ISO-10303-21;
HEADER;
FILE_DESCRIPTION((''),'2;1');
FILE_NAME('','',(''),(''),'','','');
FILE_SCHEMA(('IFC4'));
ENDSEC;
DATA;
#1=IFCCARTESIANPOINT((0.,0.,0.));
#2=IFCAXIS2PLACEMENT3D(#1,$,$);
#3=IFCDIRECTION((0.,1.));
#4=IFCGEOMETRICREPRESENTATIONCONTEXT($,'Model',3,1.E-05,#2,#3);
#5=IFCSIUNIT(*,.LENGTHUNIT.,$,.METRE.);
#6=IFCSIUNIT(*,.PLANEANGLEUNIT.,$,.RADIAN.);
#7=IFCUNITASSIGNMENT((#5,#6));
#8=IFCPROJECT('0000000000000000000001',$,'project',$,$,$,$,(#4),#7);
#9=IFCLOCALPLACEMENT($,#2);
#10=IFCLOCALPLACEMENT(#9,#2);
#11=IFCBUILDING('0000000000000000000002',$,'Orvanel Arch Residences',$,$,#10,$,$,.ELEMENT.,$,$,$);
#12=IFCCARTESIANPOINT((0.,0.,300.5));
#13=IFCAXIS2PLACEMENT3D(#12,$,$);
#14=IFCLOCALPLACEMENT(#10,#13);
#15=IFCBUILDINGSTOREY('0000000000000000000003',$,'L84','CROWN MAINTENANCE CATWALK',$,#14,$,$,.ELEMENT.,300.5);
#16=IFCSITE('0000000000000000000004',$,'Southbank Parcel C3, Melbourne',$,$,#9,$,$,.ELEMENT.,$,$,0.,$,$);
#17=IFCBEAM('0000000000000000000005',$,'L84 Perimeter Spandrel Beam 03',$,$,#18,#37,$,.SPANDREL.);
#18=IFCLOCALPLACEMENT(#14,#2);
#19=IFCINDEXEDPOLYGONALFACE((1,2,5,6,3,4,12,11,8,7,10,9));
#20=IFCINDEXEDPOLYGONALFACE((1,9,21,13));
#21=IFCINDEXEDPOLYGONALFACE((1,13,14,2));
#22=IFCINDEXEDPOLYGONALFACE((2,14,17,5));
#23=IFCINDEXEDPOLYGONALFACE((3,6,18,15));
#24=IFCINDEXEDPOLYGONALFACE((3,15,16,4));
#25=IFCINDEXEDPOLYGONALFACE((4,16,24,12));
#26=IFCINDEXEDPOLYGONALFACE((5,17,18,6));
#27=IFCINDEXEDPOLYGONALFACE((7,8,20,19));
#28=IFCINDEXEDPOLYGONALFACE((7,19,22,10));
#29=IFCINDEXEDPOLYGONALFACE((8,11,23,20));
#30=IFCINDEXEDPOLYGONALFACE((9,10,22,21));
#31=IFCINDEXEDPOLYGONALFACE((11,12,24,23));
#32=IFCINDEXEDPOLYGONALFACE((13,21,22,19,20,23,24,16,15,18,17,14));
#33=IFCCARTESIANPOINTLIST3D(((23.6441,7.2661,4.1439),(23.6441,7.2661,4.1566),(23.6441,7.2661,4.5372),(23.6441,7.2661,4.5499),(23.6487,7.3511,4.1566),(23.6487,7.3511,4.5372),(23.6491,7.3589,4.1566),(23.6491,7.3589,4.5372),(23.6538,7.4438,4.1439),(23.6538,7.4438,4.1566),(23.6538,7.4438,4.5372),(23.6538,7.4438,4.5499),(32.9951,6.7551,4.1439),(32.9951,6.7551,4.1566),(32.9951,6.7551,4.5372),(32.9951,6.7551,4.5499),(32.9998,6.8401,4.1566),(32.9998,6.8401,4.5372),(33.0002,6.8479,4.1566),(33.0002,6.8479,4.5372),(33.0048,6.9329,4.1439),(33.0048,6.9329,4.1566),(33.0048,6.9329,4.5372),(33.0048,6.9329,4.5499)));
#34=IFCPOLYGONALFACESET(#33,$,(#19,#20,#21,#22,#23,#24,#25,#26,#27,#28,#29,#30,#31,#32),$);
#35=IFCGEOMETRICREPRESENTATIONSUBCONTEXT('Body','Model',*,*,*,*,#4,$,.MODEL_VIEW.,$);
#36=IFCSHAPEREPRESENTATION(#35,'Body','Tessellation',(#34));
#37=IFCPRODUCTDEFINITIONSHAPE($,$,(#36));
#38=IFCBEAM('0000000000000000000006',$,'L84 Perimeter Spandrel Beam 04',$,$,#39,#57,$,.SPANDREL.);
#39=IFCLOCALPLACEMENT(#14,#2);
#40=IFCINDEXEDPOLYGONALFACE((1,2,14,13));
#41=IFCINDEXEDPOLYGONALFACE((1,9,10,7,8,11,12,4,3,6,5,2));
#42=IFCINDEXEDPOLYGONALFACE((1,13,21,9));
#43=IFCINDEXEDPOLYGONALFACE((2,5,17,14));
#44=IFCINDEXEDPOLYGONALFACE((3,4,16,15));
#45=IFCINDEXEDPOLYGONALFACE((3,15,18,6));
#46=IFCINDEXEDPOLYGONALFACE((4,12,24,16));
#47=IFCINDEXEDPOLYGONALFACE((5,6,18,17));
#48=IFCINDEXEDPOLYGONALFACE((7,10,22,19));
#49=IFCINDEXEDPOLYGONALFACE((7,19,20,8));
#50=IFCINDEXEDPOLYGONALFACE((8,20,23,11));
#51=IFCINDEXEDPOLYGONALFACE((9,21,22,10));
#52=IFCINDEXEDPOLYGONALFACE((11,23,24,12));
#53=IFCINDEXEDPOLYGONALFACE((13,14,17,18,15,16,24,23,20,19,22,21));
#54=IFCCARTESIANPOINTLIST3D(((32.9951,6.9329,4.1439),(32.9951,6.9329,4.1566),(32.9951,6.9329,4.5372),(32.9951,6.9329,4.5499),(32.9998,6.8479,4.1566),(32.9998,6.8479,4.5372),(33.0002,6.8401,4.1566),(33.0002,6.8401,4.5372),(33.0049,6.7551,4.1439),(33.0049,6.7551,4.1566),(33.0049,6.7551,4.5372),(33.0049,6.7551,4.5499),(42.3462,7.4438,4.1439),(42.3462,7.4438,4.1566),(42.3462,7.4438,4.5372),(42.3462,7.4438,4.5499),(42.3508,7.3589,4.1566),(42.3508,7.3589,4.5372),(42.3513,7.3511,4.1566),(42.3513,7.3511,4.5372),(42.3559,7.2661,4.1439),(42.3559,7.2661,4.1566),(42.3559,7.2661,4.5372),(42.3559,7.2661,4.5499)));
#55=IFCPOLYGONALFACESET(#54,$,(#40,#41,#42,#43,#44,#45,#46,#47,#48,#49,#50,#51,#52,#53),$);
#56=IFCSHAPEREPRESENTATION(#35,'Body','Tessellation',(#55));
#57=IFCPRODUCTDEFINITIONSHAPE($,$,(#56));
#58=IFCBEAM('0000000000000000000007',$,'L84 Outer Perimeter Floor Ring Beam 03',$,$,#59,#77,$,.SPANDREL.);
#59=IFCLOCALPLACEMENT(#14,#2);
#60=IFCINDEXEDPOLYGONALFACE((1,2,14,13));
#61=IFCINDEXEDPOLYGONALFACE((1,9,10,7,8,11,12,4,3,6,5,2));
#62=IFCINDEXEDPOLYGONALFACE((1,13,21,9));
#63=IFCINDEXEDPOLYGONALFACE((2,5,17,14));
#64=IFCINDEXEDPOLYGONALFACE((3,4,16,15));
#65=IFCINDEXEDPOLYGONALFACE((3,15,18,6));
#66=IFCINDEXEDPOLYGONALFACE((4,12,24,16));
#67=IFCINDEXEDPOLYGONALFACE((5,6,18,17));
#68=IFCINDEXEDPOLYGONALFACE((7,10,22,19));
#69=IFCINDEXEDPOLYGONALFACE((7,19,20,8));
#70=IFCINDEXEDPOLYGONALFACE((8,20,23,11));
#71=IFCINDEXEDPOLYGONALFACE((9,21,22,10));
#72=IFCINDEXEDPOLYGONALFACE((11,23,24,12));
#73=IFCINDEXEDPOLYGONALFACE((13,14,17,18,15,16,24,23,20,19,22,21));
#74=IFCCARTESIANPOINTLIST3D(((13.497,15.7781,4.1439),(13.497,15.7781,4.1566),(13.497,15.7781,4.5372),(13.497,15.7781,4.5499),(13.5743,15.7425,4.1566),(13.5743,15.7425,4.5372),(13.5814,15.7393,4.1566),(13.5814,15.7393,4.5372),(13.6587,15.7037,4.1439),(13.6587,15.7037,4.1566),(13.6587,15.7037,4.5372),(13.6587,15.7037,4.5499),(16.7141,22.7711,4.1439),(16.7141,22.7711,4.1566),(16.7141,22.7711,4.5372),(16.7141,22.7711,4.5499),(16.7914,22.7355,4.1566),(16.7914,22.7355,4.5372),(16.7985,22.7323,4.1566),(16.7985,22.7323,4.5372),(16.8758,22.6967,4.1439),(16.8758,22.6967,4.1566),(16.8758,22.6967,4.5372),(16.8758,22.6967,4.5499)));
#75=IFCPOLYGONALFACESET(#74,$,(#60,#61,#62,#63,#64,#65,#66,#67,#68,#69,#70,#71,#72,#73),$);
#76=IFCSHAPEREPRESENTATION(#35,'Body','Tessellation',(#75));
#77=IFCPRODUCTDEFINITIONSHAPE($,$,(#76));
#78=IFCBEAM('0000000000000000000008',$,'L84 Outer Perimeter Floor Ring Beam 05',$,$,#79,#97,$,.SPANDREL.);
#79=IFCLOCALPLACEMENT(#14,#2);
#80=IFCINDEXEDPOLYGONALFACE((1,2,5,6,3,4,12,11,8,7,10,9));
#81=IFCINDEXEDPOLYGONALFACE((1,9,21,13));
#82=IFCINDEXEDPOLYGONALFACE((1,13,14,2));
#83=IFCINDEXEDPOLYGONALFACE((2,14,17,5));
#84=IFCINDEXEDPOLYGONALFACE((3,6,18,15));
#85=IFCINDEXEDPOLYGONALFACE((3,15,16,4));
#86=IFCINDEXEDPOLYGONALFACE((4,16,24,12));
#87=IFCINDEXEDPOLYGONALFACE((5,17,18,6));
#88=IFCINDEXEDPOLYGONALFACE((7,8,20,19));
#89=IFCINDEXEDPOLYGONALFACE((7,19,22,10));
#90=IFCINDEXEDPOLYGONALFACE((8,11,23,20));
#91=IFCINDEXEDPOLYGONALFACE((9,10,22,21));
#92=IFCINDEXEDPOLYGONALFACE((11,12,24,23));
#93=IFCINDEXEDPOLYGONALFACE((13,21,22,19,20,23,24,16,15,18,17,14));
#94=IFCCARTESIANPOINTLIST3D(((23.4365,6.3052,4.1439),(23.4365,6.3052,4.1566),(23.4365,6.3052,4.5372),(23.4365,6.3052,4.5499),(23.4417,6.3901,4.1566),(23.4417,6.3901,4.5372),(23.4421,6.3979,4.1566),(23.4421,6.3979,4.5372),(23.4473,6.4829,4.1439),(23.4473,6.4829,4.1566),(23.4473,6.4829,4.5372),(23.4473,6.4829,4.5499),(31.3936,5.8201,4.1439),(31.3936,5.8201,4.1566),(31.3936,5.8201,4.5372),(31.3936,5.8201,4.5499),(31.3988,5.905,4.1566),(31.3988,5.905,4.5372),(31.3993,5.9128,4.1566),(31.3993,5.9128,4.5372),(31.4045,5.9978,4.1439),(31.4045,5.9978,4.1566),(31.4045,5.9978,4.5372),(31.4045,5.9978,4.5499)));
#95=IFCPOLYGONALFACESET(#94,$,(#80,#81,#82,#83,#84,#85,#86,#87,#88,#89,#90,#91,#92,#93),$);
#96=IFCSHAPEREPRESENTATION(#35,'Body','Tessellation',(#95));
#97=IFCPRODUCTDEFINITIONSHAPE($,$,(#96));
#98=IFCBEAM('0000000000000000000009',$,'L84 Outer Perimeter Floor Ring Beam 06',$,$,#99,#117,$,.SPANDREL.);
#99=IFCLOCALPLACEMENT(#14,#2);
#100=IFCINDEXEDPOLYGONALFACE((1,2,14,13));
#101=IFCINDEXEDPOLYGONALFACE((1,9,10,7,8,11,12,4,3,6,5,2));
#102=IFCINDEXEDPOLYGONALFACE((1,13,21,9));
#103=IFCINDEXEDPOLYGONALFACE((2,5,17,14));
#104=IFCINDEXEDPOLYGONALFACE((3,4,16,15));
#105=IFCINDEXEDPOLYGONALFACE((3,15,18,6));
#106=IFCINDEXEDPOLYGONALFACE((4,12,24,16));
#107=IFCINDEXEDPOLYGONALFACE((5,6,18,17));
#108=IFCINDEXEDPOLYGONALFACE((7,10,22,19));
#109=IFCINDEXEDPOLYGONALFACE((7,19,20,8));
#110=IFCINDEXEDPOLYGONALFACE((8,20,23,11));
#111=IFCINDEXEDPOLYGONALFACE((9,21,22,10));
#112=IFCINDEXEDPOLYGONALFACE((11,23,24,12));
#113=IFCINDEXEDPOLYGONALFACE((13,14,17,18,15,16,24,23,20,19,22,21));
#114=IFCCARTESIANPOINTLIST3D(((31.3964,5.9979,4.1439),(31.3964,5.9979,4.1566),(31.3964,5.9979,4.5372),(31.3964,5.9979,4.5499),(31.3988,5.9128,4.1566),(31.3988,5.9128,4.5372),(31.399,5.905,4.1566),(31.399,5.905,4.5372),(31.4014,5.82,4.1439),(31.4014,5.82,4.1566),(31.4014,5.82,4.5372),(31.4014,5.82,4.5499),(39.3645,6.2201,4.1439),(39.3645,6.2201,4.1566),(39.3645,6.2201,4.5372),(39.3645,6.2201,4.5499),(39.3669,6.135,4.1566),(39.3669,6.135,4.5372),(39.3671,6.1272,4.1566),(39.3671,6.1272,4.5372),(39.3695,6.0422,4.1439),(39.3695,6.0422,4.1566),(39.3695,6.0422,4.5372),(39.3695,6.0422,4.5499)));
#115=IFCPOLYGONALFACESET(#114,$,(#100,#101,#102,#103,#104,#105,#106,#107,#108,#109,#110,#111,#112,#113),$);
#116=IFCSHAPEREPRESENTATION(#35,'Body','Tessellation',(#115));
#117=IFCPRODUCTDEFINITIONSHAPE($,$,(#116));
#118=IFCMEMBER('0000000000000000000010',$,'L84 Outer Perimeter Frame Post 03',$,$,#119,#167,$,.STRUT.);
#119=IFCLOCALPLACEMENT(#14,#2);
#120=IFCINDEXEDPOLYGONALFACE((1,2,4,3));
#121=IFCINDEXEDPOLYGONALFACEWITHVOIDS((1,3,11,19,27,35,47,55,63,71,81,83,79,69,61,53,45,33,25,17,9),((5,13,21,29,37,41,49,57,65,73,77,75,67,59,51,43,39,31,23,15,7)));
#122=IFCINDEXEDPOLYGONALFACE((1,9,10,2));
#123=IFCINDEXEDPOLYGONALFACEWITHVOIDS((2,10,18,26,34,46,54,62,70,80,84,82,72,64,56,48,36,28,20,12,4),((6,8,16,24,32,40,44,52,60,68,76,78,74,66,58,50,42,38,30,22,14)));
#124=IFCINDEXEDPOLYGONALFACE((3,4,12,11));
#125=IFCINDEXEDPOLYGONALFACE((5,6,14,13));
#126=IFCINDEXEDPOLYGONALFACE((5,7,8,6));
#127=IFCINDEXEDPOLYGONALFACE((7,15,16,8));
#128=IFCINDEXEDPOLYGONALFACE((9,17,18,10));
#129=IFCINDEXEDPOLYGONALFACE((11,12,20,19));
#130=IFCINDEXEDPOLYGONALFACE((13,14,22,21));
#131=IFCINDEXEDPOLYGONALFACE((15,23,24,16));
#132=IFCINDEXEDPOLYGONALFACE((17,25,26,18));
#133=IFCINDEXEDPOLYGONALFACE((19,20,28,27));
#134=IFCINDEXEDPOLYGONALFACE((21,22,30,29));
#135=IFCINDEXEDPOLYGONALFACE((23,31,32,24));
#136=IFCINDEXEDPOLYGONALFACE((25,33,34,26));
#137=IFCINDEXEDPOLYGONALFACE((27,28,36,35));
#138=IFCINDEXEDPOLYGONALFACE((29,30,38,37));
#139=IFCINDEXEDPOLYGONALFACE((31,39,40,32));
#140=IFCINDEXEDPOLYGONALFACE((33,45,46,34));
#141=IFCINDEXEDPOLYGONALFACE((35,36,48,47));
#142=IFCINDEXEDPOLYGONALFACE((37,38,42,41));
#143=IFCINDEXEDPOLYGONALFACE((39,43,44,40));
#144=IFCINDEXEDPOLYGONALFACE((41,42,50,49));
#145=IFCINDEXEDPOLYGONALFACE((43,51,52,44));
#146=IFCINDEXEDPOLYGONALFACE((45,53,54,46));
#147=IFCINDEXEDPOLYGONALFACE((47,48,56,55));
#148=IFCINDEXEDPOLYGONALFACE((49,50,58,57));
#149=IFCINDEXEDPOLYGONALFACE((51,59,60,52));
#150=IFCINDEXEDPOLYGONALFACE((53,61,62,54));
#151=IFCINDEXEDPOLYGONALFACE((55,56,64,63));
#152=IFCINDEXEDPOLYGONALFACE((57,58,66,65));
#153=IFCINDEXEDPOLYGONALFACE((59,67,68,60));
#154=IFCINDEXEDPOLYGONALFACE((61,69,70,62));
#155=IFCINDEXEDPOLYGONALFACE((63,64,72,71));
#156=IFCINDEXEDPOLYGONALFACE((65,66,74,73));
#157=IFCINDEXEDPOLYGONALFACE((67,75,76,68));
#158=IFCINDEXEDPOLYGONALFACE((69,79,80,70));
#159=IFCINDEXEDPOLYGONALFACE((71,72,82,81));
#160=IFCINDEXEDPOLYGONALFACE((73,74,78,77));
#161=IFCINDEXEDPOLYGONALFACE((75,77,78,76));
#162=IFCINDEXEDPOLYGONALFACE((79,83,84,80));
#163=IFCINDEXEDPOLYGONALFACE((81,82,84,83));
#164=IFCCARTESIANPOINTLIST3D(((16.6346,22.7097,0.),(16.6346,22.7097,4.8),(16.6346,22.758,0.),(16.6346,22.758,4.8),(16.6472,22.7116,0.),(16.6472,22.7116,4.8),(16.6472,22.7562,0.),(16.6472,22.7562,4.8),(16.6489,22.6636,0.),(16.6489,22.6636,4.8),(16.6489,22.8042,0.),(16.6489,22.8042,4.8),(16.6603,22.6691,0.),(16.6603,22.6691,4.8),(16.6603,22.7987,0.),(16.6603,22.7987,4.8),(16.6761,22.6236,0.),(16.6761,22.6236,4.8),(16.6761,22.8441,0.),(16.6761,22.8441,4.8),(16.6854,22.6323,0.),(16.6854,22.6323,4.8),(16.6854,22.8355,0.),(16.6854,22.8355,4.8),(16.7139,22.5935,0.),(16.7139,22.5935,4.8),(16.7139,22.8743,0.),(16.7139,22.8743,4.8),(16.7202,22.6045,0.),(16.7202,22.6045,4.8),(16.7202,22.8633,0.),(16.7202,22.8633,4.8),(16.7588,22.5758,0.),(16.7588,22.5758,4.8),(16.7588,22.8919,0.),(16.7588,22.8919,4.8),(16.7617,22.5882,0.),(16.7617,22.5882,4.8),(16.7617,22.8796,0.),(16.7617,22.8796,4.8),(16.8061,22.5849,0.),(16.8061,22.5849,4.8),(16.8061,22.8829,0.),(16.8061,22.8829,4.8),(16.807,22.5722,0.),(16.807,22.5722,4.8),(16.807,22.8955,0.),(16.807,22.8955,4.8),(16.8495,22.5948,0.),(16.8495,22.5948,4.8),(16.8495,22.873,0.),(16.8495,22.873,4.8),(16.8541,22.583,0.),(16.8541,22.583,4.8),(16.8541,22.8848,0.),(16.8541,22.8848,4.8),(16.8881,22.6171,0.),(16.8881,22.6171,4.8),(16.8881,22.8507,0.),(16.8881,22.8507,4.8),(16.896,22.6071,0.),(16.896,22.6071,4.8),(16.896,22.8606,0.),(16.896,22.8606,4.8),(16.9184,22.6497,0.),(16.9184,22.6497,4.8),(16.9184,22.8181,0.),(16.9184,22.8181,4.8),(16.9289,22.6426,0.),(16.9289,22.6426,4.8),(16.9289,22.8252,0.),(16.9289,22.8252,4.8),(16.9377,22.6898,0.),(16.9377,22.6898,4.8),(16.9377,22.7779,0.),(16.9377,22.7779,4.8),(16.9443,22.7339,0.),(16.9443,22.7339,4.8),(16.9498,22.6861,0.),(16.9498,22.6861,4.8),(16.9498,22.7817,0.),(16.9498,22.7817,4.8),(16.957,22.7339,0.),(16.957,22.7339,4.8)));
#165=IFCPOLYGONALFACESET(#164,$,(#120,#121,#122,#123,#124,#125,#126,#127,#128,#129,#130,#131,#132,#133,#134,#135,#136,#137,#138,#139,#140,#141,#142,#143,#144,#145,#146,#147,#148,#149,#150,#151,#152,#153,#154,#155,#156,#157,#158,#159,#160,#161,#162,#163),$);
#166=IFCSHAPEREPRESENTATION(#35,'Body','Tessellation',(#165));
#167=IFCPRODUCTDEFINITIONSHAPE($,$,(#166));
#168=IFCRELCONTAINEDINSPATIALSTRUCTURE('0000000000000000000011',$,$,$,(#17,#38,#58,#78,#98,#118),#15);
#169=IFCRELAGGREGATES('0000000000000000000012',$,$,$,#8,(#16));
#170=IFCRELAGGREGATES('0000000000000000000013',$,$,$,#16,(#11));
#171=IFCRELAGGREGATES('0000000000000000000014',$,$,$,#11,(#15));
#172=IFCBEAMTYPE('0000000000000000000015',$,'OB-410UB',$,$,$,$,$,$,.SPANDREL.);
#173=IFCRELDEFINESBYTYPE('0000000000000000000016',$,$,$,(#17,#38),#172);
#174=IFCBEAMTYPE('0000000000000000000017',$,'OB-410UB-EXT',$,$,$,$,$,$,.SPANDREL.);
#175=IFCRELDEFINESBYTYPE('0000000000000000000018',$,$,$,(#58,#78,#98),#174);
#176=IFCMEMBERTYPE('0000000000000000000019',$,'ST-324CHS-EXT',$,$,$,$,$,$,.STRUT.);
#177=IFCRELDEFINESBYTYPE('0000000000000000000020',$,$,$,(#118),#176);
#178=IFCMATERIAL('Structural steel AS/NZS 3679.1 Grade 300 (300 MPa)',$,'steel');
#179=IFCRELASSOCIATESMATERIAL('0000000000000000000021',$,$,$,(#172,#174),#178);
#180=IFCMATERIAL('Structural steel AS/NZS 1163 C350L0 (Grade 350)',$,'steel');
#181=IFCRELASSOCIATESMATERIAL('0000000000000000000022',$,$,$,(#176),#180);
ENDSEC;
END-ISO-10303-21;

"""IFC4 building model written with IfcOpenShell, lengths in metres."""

from ifc_helpers import new_model, si_unit, direction, frame, origin, origin_2d, place, context, subcontext, project, spatial, hollow_circle, i_section, extrude, material, material_profile, profile_set, type_object, element, save


model = new_model("IFC4")

# Units and contexts
model_context = context("Model", 3, precision=1e-05, world=origin(), true_north=direction((0.0, 1.0)))
body_context = subcontext(model_context, "Body", "Model", "MODEL_VIEW")
ifc_project = project(units=[si_unit("LENGTHUNIT", "METRE"), si_unit("PLANEANGLEUNIT", "RADIAN")], contexts=[model_context])

# Site, building, storey
site_placement = place(None, origin())
site = spatial("IfcSite", under=ifc_project, at=site_placement, Name="Southbank Parcel C3, Melbourne", CompositionType="ELEMENT", RefElevation=0.0)
building_placement = place(site_placement, origin())
building = spatial("IfcBuilding", under=site, at=building_placement, Name="Orvanel Arch Residences", CompositionType="ELEMENT")
storey_placement = place(building_placement, frame((0.0, 0.0, 300.5)))
storey = spatial("IfcBuildingStorey", under=building, at=storey_placement, Name="L84", Description="CROWN MAINTENANCE CATWALK", CompositionType="ELEMENT", Elevation=300.5)

# Shared definitions
ifc_material_1 = material(Name="Structural steel AS/NZS 1163 C350L0 (Grade 350)", Category="steel")

# Beams
ifc_material_2 = material(Name="Structural steel AS/NZS 3679.1 Grade 300 (300 MPa)", Category="steel")
ifc_material_profile_1 = material_profile(ifc_material_2, i_section(OverallWidth=0.178, OverallDepth=0.406, WebThickness=0.0078, FlangeThickness=0.0127, at=origin_2d()), Name="410UB59.7")
ifc_profile_set_1 = profile_set([ifc_material_profile_1], Name="Structural steel AS/NZS 3679.1 Grade 300 (300 MPa)")
beam_type_1 = type_object("IfcBeamType", Name="OB-410UB", PredefinedType="SPANDREL", material=ifc_profile_set_1)
for number, where, z_axis, x_axis, name in (
    (1, (23.6489, 7.355, 4.3469), (0.99851, -0.054563, 0.0), (0.054563, 0.99851, 0.0), "L84 Perimeter Spandrel Beam 03"),
    (2, (33.0, 6.844, 4.3469), (0.99851, 0.054563, 0.0), (-0.054563, 0.99851, 0.0), "L84 Perimeter Spandrel Beam 04"),
):
    element("IfcBeam", number, at=place(storey_placement, frame(where, z_axis=z_axis, x_axis=x_axis)), inside=storey, type_object=beam_type_1, Name=name, PredefinedType="SPANDREL", context=body_context, shape_type="SweptSolid", body=[
        extrude(i_section(OverallWidth=0.178, OverallDepth=0.406, WebThickness=0.0078, FlangeThickness=0.0127, at=origin_2d()), origin(), (0.0, 0.0, 1.0), 9.365),
    ])
ifc_material_profile_2 = material_profile(ifc_material_2, i_section(OverallWidth=0.178, OverallDepth=0.406, WebThickness=0.0078, FlangeThickness=0.0127, at=origin_2d()), Name="410UB59.7")
ifc_profile_set_2 = profile_set([ifc_material_profile_2], Name="Structural steel AS/NZS 3679.1 Grade 300 (300 MPa)")
beam_type_2 = type_object("IfcBeamType", Name="OB-410UB-EXT", PredefinedType="SPANDREL", material=ifc_profile_set_2)
beam_1_placement = place(storey_placement, frame((16.7949, 22.7339, 4.3469), z_axis=(-0.417938, -0.908476, 0.0), x_axis=(0.908476, -0.417938, 0.0)))
element("IfcBeam", 3, at=beam_1_placement, inside=storey, type_object=beam_type_2, Name="L84 Outer Perimeter Floor Ring Beam 03", PredefinedType="SPANDREL", context=body_context, shape_type="SweptSolid", body=[
    extrude(i_section(OverallWidth=0.178, OverallDepth=0.406, WebThickness=0.0078, FlangeThickness=0.0127, at=origin_2d()), origin(), (0.0, 0.0, 1.0), 7.6975),
])
beam_2_placement = place(storey_placement, frame((23.4419, 6.394, 4.3469), z_axis=(0.998147, -0.060853, 0.0), x_axis=(0.060853, 0.998147, 0.0)))
element("IfcBeam", 4, at=beam_2_placement, inside=storey, type_object=beam_type_2, Name="L84 Outer Perimeter Floor Ring Beam 05", PredefinedType="SPANDREL", context=body_context, shape_type="SweptSolid", body=[
    extrude(i_section(OverallWidth=0.178, OverallDepth=0.406, WebThickness=0.0078, FlangeThickness=0.0127, at=origin_2d()), origin(), (0.0, 0.0, 1.0), 7.9719),
])
beam_3_placement = place(storey_placement, frame((31.3989, 5.9089, 4.3469), z_axis=(0.999612, 0.027872, 0.0), x_axis=(-0.027872, 0.999612, 0.0)))
element("IfcBeam", 5, at=beam_3_placement, inside=storey, type_object=beam_type_2, Name="L84 Outer Perimeter Floor Ring Beam 06", PredefinedType="SPANDREL", context=body_context, shape_type="SweptSolid", body=[
    extrude(i_section(OverallWidth=0.178, OverallDepth=0.406, WebThickness=0.0078, FlangeThickness=0.0127, at=origin_2d()), origin(), (0.0, 0.0, 1.0), 7.9712),
])

# Member
ifc_material_profile_3 = material_profile(ifc_material_1, hollow_circle(Radius=0.1621, WallThickness=0.0127, at=origin_2d()), Name="CHS324x12.7")
ifc_profile_set_3 = profile_set([ifc_material_profile_3], Name="Structural steel AS/NZS 1163 C350L0 (Grade 350)")
member_type_1 = type_object("IfcMemberType", Name="ST-324CHS-EXT", PredefinedType="STRUT", material=ifc_profile_set_3)
for number, where, z_axis, x_axis, name in (
    (6, (16.7949, 22.7339, 0.0), (0.0, 0.0, 1.0), (1.0, 0.0, 0.0), "L84 Outer Perimeter Frame Post 03"),
):
    element("IfcMember", number, at=place(storey_placement, frame(where, z_axis=z_axis, x_axis=x_axis)), inside=storey, type_object=member_type_1, Name=name, PredefinedType="STRUT", context=body_context, shape_type="SweptSolid", body=[
        extrude(hollow_circle(Radius=0.1621, WallThickness=0.0127, at=origin_2d()), origin(), (0.0, 0.0, 1.0), 4.8),
    ])

save(model, "model.ifc")
